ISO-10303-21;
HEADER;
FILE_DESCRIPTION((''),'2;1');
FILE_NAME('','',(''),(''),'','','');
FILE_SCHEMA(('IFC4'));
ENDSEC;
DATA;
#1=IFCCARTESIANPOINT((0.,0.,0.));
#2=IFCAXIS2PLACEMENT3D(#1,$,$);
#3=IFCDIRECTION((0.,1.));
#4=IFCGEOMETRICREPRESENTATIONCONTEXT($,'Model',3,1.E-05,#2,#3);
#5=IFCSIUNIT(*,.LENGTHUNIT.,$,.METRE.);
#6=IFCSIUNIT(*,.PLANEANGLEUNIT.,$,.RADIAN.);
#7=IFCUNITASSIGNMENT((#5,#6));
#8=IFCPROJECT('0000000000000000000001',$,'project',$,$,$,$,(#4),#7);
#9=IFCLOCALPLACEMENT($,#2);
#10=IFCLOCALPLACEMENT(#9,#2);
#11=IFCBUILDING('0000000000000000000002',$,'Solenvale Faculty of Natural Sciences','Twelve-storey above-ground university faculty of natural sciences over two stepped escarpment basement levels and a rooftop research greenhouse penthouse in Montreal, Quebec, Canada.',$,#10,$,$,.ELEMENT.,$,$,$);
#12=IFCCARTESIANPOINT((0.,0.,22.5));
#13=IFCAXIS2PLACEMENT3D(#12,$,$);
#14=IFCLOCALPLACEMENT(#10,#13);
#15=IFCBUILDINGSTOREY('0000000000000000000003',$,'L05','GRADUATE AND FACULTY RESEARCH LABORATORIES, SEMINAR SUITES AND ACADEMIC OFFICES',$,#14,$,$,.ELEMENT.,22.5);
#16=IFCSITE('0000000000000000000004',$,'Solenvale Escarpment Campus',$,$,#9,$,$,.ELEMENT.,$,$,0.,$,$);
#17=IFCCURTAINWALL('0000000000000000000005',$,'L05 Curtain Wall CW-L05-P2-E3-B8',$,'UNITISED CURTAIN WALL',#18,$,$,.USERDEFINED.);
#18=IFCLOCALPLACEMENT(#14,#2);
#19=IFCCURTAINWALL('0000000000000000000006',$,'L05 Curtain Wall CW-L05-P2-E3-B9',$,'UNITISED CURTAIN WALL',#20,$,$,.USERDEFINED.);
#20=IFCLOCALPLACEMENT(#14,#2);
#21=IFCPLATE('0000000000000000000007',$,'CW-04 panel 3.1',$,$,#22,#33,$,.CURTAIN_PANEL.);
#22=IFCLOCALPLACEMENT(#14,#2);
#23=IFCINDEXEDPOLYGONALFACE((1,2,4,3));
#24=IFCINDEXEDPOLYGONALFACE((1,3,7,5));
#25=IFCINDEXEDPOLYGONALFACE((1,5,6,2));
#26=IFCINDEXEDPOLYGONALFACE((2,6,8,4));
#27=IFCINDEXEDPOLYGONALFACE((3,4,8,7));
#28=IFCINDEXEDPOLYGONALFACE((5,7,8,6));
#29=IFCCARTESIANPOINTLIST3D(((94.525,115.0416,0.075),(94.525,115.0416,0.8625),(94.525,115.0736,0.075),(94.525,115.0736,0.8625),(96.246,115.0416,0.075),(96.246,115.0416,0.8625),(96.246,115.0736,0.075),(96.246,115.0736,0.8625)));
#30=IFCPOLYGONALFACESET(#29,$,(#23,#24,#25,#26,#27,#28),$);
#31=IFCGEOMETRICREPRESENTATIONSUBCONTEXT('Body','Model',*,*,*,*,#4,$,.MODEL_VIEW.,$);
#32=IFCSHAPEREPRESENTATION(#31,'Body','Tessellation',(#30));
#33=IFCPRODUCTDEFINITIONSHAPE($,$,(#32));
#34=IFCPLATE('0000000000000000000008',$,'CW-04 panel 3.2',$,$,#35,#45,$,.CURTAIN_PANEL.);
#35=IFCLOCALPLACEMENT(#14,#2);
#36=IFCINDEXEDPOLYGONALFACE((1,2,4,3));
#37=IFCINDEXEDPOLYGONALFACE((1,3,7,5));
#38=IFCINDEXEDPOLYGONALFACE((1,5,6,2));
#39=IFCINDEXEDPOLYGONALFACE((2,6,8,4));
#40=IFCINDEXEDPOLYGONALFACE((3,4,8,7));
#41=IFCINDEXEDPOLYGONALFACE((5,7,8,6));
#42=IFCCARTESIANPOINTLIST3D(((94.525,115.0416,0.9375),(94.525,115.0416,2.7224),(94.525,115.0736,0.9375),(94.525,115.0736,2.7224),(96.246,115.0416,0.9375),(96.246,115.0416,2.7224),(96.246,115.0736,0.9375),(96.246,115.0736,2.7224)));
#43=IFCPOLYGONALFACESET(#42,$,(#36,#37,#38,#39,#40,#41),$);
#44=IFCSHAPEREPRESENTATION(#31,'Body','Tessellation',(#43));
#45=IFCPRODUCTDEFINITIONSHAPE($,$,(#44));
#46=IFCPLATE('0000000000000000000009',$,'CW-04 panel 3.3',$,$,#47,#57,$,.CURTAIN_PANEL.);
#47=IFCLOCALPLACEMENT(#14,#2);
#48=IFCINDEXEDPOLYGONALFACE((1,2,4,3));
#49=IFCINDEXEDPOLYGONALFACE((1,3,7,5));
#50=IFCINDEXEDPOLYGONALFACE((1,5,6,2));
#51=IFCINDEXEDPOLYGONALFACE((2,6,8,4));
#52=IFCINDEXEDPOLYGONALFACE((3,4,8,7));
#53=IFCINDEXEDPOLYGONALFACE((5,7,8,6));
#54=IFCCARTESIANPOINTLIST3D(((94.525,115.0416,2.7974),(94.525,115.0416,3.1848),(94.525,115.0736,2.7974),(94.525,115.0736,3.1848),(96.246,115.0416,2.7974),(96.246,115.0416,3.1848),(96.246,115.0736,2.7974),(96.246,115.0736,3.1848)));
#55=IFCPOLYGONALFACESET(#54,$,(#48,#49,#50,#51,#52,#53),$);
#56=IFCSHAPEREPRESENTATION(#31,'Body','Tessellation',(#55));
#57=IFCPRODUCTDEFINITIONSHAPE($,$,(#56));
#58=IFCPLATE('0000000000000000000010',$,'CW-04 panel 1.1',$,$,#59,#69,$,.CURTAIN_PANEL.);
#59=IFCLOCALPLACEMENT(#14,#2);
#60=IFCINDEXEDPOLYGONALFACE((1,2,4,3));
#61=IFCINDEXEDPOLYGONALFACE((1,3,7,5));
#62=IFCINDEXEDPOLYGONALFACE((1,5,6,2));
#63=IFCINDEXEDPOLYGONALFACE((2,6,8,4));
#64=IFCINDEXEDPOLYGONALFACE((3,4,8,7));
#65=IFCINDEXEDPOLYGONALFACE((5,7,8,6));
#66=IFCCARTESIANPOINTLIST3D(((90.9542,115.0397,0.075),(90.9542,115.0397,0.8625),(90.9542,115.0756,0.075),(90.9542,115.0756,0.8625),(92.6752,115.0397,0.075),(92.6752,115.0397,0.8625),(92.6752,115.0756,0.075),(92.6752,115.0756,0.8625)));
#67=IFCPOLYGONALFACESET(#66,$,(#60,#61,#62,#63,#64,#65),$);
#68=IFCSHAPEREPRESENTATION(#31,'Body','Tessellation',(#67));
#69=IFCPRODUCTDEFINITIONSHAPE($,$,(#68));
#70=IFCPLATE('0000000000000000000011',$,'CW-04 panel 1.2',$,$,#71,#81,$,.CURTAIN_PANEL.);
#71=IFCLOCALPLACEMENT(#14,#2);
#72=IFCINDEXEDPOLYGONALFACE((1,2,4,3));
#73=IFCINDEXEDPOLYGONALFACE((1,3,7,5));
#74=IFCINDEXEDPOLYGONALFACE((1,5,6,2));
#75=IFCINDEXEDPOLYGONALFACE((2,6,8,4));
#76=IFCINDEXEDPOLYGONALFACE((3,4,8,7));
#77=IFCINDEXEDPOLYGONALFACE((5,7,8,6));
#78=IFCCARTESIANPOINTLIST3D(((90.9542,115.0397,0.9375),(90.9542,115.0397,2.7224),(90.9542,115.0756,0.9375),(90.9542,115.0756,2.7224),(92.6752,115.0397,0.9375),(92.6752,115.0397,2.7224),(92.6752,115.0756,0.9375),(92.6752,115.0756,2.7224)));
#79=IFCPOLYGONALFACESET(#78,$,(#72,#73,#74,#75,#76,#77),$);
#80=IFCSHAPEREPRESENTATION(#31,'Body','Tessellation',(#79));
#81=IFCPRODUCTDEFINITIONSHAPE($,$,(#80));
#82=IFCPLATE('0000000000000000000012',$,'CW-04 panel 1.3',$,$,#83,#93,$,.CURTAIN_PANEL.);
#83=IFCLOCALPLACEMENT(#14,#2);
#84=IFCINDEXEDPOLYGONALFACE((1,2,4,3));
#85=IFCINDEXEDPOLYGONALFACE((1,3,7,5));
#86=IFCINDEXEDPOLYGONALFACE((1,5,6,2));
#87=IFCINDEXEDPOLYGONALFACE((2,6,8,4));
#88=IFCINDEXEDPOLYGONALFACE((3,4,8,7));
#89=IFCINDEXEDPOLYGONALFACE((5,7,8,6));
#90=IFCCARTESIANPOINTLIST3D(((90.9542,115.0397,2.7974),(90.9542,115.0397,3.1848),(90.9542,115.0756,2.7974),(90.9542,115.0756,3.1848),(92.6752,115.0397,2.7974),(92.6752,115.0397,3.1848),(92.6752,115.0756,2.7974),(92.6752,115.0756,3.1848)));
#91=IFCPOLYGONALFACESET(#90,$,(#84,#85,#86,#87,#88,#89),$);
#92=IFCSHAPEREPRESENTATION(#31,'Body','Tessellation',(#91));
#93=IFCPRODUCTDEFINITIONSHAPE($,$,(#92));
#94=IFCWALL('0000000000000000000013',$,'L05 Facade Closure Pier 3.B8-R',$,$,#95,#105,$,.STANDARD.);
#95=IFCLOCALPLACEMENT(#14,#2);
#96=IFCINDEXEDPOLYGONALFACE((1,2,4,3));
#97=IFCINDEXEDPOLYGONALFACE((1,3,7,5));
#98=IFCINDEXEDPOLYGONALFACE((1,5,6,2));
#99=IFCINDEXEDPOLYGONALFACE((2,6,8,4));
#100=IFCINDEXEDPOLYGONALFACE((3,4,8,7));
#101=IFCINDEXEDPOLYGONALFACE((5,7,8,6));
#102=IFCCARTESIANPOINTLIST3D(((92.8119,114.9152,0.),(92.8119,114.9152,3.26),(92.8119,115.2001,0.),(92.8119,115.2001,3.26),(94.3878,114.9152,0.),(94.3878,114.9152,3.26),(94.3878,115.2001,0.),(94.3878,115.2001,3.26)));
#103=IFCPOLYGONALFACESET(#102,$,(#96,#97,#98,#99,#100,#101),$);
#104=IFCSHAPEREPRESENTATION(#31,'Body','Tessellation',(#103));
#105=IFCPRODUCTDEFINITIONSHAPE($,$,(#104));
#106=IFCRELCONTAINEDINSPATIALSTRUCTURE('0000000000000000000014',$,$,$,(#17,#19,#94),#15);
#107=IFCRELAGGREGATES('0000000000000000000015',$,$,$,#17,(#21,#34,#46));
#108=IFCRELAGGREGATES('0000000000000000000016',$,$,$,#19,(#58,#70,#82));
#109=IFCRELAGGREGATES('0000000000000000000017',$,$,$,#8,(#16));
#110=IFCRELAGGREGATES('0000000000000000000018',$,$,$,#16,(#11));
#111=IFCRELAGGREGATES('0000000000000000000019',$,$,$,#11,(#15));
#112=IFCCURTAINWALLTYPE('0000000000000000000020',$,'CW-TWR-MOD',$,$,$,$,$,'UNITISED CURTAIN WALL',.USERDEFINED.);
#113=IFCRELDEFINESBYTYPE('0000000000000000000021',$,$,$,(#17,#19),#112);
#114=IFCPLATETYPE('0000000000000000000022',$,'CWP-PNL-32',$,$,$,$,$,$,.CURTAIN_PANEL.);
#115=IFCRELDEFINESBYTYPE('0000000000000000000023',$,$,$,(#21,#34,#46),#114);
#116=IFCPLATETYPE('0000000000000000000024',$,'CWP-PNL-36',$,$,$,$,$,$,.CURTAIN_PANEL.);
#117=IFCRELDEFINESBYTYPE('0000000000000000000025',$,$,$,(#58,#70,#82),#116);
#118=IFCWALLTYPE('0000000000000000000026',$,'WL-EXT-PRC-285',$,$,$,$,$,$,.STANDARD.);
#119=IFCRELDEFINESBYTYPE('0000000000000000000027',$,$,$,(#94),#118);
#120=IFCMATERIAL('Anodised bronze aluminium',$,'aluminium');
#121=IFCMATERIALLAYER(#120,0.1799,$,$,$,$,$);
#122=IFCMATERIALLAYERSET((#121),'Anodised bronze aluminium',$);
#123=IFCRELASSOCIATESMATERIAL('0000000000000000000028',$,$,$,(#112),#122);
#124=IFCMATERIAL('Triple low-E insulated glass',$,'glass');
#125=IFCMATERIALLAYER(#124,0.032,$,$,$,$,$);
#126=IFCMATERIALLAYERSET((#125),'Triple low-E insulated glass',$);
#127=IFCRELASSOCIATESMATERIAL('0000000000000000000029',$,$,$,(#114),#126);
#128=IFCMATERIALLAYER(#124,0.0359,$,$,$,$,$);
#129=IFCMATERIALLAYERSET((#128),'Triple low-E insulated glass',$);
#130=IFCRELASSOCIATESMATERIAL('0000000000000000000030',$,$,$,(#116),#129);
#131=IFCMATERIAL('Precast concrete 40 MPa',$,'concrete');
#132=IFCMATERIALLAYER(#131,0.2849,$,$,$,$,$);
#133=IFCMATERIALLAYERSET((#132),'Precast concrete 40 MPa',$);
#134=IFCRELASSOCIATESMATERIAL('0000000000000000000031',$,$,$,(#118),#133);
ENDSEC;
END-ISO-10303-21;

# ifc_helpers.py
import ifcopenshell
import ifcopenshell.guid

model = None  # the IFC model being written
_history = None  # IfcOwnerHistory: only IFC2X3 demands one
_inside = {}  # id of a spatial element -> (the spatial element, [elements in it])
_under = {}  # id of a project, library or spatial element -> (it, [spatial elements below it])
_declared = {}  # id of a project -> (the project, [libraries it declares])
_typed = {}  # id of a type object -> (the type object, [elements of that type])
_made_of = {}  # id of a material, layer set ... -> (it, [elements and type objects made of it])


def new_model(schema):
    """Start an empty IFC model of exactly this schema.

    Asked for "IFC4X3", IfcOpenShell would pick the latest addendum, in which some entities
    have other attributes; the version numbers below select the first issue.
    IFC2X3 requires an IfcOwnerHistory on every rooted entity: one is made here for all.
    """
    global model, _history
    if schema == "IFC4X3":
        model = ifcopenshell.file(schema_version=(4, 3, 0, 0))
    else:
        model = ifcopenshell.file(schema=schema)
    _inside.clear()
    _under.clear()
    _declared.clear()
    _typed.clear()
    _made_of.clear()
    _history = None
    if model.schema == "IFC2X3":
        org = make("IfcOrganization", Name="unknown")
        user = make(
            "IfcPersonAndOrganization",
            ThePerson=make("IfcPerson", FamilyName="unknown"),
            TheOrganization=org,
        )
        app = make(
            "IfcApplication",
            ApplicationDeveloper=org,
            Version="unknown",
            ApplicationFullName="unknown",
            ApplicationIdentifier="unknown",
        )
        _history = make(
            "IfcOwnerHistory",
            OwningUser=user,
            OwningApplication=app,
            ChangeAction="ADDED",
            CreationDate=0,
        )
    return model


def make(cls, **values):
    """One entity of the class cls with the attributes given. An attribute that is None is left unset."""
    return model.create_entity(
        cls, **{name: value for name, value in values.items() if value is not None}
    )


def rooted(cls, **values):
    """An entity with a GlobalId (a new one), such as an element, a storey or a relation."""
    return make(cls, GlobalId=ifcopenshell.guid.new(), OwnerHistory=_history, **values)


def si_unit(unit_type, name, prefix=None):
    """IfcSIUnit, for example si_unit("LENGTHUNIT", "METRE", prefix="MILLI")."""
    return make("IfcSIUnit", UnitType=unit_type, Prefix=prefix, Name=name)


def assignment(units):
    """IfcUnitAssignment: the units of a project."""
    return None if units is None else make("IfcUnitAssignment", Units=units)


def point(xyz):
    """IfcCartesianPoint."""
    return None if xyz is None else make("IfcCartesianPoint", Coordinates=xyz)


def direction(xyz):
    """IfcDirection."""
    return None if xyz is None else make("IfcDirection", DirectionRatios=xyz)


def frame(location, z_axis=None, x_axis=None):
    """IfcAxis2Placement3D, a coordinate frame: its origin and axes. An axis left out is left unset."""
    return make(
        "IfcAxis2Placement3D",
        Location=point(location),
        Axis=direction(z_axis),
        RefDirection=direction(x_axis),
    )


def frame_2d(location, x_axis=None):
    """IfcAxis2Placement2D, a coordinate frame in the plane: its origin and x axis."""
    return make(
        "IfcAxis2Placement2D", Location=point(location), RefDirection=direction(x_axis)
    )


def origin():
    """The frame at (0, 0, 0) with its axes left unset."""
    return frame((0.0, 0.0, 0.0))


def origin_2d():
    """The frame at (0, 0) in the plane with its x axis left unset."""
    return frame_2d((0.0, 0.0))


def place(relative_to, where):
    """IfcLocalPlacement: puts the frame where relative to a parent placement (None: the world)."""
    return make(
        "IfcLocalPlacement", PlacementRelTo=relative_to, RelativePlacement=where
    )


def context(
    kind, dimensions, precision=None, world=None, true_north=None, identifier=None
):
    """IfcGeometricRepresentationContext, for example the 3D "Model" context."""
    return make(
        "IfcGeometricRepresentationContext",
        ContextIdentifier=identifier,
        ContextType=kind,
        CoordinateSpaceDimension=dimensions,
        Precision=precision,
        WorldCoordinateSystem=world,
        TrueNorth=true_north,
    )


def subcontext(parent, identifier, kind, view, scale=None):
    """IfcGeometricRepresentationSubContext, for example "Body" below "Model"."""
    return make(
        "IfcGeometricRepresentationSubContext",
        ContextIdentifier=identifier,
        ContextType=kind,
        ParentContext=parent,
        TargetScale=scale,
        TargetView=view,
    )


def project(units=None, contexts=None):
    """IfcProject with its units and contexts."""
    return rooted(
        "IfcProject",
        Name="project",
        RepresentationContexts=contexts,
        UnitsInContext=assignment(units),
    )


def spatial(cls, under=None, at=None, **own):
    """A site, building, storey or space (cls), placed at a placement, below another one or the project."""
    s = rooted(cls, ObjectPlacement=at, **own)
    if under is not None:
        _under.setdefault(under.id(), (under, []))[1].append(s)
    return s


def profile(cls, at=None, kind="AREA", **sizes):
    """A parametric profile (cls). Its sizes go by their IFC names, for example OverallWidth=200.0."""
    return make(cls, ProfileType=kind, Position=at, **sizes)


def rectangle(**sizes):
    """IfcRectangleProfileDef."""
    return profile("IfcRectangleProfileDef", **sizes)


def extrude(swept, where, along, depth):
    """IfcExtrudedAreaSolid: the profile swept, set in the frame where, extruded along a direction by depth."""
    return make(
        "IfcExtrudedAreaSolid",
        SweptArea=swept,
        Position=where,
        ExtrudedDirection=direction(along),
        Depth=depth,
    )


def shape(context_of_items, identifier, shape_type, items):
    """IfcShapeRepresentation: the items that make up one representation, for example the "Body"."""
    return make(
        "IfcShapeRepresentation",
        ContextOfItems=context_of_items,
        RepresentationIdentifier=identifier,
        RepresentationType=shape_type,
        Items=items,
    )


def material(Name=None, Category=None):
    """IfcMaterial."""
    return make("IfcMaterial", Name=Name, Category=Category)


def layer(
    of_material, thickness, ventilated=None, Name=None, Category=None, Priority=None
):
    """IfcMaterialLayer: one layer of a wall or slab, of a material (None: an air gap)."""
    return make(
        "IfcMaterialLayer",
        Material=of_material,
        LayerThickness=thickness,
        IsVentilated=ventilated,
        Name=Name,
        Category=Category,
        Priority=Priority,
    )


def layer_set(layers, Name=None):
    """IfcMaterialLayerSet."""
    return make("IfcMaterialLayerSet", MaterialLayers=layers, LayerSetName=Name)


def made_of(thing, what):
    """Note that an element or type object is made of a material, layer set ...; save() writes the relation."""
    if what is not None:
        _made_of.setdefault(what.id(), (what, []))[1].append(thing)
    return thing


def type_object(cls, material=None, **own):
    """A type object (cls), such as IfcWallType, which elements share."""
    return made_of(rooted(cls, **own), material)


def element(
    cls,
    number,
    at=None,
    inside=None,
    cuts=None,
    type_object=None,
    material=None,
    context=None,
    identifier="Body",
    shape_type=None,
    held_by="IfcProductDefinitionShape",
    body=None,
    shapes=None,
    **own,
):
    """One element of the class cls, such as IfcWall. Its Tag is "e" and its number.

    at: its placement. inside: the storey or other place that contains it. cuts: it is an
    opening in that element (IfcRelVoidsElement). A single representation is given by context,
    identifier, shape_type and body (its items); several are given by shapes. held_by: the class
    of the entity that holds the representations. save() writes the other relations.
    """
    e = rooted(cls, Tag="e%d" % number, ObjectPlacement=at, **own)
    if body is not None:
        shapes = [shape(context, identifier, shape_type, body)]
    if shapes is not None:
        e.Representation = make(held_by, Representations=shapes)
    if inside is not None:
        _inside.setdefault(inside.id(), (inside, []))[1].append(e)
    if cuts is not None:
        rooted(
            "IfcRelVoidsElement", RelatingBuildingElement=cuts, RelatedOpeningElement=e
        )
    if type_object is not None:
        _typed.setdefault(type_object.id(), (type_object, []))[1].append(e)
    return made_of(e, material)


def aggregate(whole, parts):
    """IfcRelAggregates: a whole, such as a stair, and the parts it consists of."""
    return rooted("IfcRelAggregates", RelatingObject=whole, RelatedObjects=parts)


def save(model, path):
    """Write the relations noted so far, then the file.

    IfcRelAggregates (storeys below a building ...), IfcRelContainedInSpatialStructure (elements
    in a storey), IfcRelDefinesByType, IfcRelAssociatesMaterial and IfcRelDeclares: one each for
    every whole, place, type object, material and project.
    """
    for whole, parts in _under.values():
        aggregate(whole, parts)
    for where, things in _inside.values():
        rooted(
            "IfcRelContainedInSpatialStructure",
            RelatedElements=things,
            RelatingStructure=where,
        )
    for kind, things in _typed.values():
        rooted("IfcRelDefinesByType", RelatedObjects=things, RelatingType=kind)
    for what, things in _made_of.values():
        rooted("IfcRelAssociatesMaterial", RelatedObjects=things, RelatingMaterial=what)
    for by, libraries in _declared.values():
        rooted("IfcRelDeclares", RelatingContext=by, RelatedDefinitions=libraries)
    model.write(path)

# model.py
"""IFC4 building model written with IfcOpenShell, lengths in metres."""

from ifc_helpers import new_model, si_unit, direction, frame, frame_2d, origin, origin_2d, place, context, subcontext, project, spatial, rectangle, extrude, material, layer, layer_set, type_object, element, aggregate, save


model = new_model("IFC4")

# Units and contexts
model_context = context("Model", 3, precision=1e-05, world=origin(), true_north=direction((0.0, 1.0)))
body_context = subcontext(model_context, "Body", "Model", "MODEL_VIEW")
ifc_project = project(units=[si_unit("LENGTHUNIT", "METRE"), si_unit("PLANEANGLEUNIT", "RADIAN")], contexts=[model_context])

# Site, building, storey
site_placement = place(None, origin())
site = spatial("IfcSite", under=ifc_project, at=site_placement, Name="Solenvale Escarpment Campus", CompositionType="ELEMENT", RefElevation=0.0)
building_placement = place(site_placement, origin())
building = spatial("IfcBuilding", under=site, at=building_placement, Name="Solenvale Faculty of Natural Sciences", Description="Twelve-storey above-ground university faculty of natural sciences over two stepped escarpment basement levels and a rooftop research greenhouse penthouse in Montreal, Quebec, Canada.", CompositionType="ELEMENT")
storey_placement = place(building_placement, frame((0.0, 0.0, 22.5)))
storey = spatial("IfcBuildingStorey", under=building, at=storey_placement, Name="L05", Description="GRADUATE AND FACULTY RESEARCH LABORATORIES, SEMINAR SUITES AND ACADEMIC OFFICES", CompositionType="ELEMENT", Elevation=22.5)

# Shared definitions
ifc_material_1 = material(Name="Precast concrete 40 MPa", Category="concrete")

# Curtain wall
ifc_material_2 = material(Name="Anodised bronze aluminium", Category="aluminium")
ifc_layer_1 = layer(ifc_material_2, 0.1799)
ifc_layer_set_1 = layer_set([ifc_layer_1], Name="Anodised bronze aluminium")
curtain_wall_type = type_object("IfcCurtainWallType", Name="CW-TWR-MOD", ElementType="UNITISED CURTAIN WALL", PredefinedType="USERDEFINED", material=ifc_layer_set_1)
curtain_wall_1_placement = place(storey_placement, origin())
curtain_wall_1 = element("IfcCurtainWall", 1, at=curtain_wall_1_placement, inside=storey, type_object=curtain_wall_type, Name="L05 Curtain Wall CW-L05-P2-E3-B8", ObjectType="UNITISED CURTAIN WALL", PredefinedType="USERDEFINED")

# Curtain wall
curtain_wall_2_placement = place(storey_placement, origin())
curtain_wall_2 = element("IfcCurtainWall", 2, at=curtain_wall_2_placement, inside=storey, type_object=curtain_wall_type, Name="L05 Curtain Wall CW-L05-P2-E3-B9", ObjectType="UNITISED CURTAIN WALL", PredefinedType="USERDEFINED")

# Plates
ifc_material_3 = material(Name="Triple low-E insulated glass", Category="glass")
ifc_layer_2 = layer(ifc_material_3, 0.032)
ifc_layer_set_2 = layer_set([ifc_layer_2], Name="Triple low-E insulated glass")
plate_type_1 = type_object("IfcPlateType", Name="CWP-PNL-32", PredefinedType="CURTAIN_PANEL", material=ifc_layer_set_2)
plate_1_placement = place(storey_placement, frame((95.3855, 115.0576, 0.075), z_axis=(0.0, 0.0, 1.0), x_axis=(-1.0, 0.0, 0.0)))
plate_1 = element("IfcPlate", 3, at=plate_1_placement, type_object=plate_type_1, Name="CW-04 panel 3.1", PredefinedType="CURTAIN_PANEL", context=body_context, shape_type="SweptSolid", body=[
    extrude(rectangle(XDim=1.7209, YDim=0.032, at=origin_2d()), origin(), (0.0, 0.0, 1.0), 0.7876),
])
plate_2_placement = place(storey_placement, frame((95.3855, 115.0576, 0.9375), z_axis=(0.0, 0.0, 1.0), x_axis=(-1.0, 0.0, 0.0)))
plate_2 = element("IfcPlate", 4, at=plate_2_placement, type_object=plate_type_1, Name="CW-04 panel 3.2", PredefinedType="CURTAIN_PANEL", context=body_context, shape_type="SweptSolid", body=[
    extrude(rectangle(XDim=1.7209, YDim=0.032, at=origin_2d()), origin(), (0.0, 0.0, 1.0), 1.7849),
])
plate_3_placement = place(storey_placement, frame((95.3855, 115.0576, 2.7974), z_axis=(0.0, 0.0, 1.0), x_axis=(-1.0, 0.0, 0.0)))
plate_3 = element("IfcPlate", 5, at=plate_3_placement, type_object=plate_type_1, Name="CW-04 panel 3.3", PredefinedType="CURTAIN_PANEL", context=body_context, shape_type="SweptSolid", body=[
    extrude(rectangle(XDim=1.7209, YDim=0.032, at=origin_2d()), origin(), (0.0, 0.0, 1.0), 0.3875),
])
aggregate(curtain_wall_1, [plate_1, plate_2, plate_3])
ifc_layer_3 = layer(ifc_material_3, 0.0359)
ifc_layer_set_3 = layer_set([ifc_layer_3], Name="Triple low-E insulated glass")
plate_type_2 = type_object("IfcPlateType", Name="CWP-PNL-36", PredefinedType="CURTAIN_PANEL", material=ifc_layer_set_3)
plate_4_placement = place(storey_placement, frame((91.8147, 115.0576, 0.075), z_axis=(0.0, 0.0, 1.0), x_axis=(-1.0, 0.0, 0.0)))
plate_4 = element("IfcPlate", 6, at=plate_4_placement, type_object=plate_type_2, Name="CW-04 panel 1.1", PredefinedType="CURTAIN_PANEL", context=body_context, shape_type="SweptSolid", body=[
    extrude(rectangle(XDim=1.7209, YDim=0.0359, at=origin_2d()), origin(), (0.0, 0.0, 1.0), 0.7876),
])
plate_5_placement = place(storey_placement, frame((91.8147, 115.0576, 0.9375), z_axis=(0.0, 0.0, 1.0), x_axis=(-1.0, 0.0, 0.0)))
plate_5 = element("IfcPlate", 7, at=plate_5_placement, type_object=plate_type_2, Name="CW-04 panel 1.2", PredefinedType="CURTAIN_PANEL", context=body_context, shape_type="SweptSolid", body=[
    extrude(rectangle(XDim=1.7209, YDim=0.0359, at=origin_2d()), origin(), (0.0, 0.0, 1.0), 1.7849),
])
plate_6_placement = place(storey_placement, frame((91.8147, 115.0576, 2.7974), z_axis=(0.0, 0.0, 1.0), x_axis=(-1.0, 0.0, 0.0)))
plate_6 = element("IfcPlate", 8, at=plate_6_placement, type_object=plate_type_2, Name="CW-04 panel 1.3", PredefinedType="CURTAIN_PANEL", context=body_context, shape_type="SweptSolid", body=[
    extrude(rectangle(XDim=1.7209, YDim=0.0359, at=origin_2d()), origin(), (0.0, 0.0, 1.0), 0.3875),
])
aggregate(curtain_wall_2, [plate_4, plate_5, plate_6])

# Wall
ifc_layer_4 = layer(ifc_material_1, 0.2849)
ifc_layer_set_4 = layer_set([ifc_layer_4], Name="Precast concrete 40 MPa")
wall_type = type_object("IfcWallType", Name="WL-EXT-PRC-285", PredefinedType="STANDARD", material=ifc_layer_set_4)
wall_placement = place(storey_placement, frame((94.3879, 115.0576, 0.0), z_axis=(0.0, 0.0, 1.0), x_axis=(-1.0, 0.0, 0.0)))
element("IfcWall", 9, at=wall_placement, inside=storey, type_object=wall_type, Name="L05 Facade Closure Pier 3.B8-R", PredefinedType="STANDARD", context=body_context, shape_type="SweptSolid", body=[
    extrude(rectangle(XDim=1.5759, YDim=0.2849, at=frame_2d((0.7881, 0.0))), origin(), (0.0, 0.0, 1.0), 3.26),
])

save(model, "model.ifc")
